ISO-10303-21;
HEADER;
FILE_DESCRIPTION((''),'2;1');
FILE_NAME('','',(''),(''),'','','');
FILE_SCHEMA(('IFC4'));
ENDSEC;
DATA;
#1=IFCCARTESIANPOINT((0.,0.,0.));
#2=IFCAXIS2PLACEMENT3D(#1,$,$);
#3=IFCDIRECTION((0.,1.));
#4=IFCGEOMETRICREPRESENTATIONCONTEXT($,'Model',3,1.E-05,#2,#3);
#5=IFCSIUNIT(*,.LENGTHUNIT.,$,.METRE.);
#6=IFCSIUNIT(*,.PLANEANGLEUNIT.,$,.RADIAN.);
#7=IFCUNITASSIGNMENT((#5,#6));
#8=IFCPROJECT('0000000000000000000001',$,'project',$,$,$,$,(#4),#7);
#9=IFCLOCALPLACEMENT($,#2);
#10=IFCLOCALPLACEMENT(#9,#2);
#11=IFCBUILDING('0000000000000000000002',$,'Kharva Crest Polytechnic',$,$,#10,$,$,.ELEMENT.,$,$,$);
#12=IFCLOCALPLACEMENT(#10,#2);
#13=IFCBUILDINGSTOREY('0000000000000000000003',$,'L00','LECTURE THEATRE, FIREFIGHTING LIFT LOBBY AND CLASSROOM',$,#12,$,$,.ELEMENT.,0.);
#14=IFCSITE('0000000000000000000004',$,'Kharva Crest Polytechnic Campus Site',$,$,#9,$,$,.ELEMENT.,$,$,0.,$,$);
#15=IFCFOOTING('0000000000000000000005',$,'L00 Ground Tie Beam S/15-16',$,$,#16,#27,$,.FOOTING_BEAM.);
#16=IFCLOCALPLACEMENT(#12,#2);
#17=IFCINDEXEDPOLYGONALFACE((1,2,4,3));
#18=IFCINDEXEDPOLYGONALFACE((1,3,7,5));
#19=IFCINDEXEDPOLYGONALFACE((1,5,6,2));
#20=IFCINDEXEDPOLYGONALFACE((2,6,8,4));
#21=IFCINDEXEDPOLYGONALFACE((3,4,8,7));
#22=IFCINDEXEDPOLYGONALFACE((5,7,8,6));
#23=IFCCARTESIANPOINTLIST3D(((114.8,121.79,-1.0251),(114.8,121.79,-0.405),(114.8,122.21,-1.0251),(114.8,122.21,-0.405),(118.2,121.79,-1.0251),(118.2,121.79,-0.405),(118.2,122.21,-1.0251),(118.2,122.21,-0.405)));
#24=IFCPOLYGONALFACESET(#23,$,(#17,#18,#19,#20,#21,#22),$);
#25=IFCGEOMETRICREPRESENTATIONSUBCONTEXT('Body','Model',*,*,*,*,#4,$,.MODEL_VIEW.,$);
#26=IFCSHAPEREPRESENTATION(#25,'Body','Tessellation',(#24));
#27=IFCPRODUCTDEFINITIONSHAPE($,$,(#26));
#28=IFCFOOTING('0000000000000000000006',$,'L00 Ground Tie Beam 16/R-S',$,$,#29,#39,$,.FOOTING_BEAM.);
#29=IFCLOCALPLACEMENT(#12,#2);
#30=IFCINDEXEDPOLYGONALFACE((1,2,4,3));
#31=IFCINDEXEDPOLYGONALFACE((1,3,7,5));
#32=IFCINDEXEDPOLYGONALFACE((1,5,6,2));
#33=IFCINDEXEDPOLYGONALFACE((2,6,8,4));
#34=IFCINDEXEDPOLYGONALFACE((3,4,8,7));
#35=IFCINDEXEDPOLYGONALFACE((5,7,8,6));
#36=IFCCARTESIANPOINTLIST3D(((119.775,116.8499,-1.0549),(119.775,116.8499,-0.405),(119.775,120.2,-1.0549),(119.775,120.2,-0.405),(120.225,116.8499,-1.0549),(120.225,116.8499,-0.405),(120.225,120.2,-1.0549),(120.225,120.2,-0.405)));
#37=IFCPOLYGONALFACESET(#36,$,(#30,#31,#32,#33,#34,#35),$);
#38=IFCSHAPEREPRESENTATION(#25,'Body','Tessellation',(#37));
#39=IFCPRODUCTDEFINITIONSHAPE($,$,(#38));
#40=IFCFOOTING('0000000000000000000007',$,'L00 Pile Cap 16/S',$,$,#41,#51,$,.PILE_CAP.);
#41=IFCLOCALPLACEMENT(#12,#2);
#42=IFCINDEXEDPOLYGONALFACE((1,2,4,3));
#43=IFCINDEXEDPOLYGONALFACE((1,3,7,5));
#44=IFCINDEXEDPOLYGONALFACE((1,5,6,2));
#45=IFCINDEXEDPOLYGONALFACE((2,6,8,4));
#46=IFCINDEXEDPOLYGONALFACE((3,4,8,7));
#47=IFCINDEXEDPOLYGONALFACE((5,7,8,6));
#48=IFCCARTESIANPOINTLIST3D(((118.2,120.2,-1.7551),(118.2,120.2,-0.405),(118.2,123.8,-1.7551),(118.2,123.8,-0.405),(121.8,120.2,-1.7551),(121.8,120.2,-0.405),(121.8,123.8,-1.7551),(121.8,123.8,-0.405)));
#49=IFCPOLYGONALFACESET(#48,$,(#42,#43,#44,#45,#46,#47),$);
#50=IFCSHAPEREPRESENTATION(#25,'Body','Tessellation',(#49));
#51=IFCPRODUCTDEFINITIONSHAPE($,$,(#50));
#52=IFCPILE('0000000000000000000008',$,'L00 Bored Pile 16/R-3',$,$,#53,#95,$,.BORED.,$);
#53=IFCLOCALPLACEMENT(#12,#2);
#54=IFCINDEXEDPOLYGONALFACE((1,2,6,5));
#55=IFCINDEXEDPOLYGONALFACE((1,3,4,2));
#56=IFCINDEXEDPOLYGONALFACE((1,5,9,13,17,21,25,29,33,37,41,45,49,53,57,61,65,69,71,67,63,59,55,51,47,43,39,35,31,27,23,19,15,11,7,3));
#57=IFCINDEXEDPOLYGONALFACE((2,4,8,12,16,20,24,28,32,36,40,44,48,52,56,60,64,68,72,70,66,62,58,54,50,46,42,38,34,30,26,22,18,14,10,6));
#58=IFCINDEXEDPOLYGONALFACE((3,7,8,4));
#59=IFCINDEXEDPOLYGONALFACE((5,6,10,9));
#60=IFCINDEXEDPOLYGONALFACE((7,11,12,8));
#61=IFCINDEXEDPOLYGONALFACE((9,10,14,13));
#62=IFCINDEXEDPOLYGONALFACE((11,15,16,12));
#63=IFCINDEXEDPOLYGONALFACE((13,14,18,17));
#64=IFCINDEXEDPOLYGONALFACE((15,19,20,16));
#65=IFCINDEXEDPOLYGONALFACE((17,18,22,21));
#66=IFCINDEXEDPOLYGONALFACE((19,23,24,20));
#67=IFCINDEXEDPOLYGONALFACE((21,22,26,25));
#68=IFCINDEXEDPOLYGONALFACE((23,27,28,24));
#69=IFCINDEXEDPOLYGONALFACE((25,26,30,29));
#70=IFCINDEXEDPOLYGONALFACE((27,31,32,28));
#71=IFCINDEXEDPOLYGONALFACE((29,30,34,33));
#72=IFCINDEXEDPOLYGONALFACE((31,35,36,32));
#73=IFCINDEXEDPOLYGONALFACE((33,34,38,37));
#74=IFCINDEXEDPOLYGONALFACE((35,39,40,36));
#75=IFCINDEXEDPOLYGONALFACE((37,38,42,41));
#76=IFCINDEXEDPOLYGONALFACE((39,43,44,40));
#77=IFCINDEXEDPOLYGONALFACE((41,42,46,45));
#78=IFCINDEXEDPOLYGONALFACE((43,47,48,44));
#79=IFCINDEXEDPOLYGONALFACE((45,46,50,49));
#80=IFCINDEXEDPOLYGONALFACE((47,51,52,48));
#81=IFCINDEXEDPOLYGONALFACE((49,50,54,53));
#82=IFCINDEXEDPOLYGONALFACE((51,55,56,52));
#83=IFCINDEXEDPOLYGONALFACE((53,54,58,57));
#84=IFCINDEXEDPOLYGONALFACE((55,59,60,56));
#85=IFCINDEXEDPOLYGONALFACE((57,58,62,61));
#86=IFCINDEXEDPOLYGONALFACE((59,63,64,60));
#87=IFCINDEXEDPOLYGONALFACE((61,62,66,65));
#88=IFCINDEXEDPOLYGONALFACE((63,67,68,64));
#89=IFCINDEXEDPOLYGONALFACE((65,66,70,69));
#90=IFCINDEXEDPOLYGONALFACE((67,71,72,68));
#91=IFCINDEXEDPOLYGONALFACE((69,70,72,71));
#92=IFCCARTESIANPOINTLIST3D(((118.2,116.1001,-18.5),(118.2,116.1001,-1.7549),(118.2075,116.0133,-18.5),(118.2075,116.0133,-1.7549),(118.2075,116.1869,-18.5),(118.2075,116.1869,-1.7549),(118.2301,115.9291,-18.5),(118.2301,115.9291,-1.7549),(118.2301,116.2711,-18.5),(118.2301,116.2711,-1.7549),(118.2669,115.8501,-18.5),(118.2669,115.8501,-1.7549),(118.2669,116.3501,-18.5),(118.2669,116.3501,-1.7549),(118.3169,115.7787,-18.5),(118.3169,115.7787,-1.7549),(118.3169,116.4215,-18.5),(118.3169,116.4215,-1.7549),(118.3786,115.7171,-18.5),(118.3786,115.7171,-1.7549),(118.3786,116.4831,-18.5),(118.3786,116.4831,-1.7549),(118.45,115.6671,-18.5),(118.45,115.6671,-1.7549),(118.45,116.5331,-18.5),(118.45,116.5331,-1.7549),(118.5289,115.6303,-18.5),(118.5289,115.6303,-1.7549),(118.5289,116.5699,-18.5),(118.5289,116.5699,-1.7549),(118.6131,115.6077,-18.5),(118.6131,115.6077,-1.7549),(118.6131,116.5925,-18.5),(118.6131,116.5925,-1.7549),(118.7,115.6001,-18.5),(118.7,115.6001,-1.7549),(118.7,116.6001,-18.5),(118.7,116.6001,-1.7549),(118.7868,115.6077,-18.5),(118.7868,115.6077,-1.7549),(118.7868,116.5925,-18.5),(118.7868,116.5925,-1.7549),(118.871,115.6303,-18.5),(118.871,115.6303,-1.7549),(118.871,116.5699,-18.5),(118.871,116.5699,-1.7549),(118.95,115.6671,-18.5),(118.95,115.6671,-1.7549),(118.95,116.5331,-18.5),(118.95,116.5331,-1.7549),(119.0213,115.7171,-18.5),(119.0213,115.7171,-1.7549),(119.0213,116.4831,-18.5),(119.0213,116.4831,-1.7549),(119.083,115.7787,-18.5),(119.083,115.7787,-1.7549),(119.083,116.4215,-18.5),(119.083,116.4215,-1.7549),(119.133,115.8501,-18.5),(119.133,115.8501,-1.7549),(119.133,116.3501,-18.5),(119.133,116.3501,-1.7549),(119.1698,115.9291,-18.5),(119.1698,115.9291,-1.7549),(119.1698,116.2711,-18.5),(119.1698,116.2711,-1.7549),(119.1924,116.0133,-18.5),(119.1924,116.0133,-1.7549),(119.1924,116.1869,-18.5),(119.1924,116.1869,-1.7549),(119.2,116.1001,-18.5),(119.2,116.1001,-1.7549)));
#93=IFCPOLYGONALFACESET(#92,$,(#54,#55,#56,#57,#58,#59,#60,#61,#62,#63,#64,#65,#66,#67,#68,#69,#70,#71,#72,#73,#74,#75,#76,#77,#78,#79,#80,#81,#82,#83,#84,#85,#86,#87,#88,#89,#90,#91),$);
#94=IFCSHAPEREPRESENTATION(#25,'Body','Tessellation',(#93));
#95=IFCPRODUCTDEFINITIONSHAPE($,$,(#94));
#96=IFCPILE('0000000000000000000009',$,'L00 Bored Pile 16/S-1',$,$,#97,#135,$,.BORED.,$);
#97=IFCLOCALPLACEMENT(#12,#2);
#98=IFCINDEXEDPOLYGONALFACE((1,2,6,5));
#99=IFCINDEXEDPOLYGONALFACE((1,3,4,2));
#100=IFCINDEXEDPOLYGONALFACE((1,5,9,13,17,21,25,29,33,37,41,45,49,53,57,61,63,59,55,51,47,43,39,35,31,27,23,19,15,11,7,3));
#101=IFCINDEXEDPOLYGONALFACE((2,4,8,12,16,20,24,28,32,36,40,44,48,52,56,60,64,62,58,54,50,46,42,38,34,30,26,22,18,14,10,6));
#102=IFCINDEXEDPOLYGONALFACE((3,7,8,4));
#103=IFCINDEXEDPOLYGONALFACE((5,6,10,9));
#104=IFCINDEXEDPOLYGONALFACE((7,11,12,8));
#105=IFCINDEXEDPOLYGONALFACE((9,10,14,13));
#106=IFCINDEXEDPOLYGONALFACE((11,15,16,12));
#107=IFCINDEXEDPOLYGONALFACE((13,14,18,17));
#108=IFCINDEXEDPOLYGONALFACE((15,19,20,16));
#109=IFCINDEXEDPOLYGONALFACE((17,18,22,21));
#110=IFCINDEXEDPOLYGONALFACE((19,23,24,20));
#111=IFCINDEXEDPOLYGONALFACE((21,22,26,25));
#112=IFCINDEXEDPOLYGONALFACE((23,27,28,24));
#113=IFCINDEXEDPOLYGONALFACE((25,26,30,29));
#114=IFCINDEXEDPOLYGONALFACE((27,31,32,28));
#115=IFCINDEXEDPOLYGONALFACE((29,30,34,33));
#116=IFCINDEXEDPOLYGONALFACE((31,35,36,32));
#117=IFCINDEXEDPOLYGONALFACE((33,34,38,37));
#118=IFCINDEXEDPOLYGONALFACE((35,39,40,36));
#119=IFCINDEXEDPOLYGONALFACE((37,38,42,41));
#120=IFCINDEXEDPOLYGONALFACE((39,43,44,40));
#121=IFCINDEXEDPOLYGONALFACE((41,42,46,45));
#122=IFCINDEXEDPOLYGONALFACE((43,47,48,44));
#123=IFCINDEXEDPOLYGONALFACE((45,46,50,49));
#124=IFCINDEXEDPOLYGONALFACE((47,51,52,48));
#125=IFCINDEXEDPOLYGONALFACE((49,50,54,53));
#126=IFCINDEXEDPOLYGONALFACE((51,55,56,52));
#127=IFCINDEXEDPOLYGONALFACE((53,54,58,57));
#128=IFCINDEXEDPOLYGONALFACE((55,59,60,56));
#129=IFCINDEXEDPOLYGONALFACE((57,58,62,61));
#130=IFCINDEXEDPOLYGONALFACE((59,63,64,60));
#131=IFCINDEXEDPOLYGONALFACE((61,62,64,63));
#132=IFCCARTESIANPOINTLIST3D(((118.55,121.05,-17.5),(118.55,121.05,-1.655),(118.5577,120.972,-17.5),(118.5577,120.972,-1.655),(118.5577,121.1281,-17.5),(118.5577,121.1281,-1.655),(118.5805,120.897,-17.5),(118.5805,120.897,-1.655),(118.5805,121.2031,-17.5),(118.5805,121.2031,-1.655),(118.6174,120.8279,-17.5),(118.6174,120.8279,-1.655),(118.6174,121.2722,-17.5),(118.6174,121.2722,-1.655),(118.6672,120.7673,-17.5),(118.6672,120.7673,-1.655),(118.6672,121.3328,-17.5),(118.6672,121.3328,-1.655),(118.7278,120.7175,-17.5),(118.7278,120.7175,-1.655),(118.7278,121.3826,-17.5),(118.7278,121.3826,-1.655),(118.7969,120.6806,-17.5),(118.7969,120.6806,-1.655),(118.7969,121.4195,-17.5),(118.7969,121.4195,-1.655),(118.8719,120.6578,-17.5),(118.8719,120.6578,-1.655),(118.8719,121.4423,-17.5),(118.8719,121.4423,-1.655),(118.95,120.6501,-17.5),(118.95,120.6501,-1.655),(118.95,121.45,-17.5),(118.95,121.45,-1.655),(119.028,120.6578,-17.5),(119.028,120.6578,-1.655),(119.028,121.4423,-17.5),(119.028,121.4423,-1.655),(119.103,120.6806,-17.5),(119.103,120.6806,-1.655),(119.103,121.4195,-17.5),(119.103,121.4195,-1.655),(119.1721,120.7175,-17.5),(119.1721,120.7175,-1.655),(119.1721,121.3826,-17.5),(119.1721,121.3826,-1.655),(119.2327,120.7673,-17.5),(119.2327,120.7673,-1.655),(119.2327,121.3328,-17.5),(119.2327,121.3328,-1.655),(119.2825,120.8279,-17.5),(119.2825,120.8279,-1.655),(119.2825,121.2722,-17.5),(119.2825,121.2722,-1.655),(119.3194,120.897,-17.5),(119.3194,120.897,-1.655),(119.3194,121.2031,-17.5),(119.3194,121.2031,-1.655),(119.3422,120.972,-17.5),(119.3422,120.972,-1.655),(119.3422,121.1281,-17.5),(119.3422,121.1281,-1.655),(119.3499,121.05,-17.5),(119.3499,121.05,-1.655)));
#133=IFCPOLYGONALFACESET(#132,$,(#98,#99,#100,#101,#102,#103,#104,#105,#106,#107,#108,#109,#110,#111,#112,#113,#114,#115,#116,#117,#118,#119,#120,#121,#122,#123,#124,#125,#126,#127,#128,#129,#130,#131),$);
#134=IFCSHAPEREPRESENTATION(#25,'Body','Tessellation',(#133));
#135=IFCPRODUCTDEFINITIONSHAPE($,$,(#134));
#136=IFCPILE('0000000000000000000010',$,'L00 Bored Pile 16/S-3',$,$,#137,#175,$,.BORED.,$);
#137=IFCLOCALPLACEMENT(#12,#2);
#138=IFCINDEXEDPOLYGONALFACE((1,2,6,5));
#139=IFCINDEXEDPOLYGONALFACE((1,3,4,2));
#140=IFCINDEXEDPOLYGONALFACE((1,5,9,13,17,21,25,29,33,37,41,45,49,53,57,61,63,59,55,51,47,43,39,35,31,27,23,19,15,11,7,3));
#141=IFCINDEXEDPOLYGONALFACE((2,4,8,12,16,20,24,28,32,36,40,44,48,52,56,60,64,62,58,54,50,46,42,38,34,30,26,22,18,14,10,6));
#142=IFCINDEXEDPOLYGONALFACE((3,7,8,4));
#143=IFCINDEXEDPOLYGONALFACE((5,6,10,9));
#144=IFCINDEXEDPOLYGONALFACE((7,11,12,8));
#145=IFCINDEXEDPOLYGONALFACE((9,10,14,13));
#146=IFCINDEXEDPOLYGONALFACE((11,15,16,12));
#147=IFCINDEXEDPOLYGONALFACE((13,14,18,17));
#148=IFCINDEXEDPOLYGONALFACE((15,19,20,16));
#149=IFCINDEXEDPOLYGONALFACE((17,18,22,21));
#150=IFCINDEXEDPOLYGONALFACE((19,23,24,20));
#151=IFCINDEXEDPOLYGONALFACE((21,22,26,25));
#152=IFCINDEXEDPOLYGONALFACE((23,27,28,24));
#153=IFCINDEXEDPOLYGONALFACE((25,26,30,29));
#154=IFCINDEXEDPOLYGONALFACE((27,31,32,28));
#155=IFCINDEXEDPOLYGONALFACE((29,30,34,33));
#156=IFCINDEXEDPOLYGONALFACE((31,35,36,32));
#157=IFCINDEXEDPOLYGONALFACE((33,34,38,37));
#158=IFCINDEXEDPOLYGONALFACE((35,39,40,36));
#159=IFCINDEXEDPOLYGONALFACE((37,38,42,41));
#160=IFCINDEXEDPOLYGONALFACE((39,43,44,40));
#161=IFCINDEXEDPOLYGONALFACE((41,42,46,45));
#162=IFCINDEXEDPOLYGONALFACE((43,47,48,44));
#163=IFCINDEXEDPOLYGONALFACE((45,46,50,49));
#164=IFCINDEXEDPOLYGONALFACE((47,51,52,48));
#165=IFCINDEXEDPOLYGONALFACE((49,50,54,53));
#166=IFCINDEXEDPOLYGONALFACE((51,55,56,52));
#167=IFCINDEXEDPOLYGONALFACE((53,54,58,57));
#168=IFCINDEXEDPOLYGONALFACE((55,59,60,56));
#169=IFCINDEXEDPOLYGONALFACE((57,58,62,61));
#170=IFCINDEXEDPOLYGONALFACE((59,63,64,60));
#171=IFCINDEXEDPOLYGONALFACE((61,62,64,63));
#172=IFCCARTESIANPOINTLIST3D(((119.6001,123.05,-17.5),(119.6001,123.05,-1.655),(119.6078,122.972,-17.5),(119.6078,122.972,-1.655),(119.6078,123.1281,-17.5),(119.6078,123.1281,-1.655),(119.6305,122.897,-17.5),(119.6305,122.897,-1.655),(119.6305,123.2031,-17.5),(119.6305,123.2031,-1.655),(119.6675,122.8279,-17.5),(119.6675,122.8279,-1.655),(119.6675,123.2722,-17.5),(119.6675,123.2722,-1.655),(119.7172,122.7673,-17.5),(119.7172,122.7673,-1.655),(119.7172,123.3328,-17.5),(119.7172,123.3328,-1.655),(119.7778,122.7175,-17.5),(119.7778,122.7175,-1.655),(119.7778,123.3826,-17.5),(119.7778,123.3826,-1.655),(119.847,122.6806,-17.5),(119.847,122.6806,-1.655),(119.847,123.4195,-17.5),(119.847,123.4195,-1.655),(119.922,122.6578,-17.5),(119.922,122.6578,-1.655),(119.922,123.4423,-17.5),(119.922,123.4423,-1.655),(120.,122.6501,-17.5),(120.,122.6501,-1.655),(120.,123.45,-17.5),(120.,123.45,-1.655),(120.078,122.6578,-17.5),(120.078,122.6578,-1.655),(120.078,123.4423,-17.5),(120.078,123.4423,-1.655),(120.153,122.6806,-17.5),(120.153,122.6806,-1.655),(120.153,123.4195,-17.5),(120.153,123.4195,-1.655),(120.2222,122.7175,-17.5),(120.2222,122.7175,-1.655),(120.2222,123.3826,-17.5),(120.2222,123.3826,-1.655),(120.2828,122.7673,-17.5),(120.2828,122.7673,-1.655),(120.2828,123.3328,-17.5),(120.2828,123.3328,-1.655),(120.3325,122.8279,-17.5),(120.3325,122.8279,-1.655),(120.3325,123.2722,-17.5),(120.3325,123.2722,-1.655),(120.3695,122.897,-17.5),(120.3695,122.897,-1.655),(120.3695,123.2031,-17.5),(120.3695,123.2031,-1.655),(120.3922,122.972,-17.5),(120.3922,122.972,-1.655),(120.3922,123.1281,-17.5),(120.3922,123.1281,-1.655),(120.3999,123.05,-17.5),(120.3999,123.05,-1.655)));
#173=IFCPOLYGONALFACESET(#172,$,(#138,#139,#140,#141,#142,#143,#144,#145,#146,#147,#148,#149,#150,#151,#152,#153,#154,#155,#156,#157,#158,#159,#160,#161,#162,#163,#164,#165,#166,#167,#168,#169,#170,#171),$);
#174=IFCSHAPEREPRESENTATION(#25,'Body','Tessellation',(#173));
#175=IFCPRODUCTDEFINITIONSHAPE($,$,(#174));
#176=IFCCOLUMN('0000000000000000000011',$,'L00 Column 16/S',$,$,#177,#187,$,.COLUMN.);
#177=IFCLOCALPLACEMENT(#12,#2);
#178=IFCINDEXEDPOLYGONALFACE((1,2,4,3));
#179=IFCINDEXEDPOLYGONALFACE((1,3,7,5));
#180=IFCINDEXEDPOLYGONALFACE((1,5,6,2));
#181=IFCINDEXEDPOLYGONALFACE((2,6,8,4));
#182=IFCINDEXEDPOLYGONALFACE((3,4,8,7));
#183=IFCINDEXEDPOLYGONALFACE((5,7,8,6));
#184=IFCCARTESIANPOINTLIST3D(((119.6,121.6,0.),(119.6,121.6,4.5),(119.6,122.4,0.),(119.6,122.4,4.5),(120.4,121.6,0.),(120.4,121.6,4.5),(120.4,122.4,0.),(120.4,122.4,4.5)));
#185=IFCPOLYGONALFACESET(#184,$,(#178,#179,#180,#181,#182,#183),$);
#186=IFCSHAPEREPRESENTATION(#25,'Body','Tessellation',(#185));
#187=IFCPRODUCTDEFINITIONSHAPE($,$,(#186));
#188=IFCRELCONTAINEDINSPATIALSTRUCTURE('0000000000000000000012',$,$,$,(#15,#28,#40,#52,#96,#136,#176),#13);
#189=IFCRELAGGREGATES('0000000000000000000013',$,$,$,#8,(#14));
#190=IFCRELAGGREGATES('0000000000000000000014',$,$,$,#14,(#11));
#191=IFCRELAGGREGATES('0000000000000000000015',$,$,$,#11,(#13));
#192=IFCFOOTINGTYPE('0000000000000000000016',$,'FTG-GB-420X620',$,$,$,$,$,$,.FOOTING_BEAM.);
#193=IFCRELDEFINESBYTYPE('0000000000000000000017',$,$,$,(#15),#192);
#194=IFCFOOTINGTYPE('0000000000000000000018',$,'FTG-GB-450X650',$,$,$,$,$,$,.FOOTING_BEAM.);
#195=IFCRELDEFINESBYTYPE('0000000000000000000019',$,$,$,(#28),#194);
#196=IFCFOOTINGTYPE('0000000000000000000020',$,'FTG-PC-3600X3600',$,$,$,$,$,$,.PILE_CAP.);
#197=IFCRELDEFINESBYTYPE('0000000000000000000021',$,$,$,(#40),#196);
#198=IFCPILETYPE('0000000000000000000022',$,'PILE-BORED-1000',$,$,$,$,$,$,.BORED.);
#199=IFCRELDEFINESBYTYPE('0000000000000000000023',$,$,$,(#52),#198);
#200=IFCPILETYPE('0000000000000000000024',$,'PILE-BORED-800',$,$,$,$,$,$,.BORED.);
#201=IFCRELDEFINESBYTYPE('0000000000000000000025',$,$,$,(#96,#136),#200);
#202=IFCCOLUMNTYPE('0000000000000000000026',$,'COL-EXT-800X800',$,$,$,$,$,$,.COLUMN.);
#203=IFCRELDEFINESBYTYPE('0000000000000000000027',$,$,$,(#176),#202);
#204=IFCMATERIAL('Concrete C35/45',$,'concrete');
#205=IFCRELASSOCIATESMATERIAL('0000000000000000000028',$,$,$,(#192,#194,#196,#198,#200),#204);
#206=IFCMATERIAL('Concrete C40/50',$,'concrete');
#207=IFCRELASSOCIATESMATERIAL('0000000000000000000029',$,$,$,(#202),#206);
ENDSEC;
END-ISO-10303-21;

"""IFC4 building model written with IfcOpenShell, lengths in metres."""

from ifc_helpers import new_model, si_unit, direction, frame, origin, origin_2d, place, context, subcontext, project, spatial, rectangle, circle, extrude, material, material_profile, profile_set, type_object, element, save


model = new_model("IFC4")

# Units and contexts
model_context = context("Model", 3, precision=1e-05, world=origin(), true_north=direction((0.0, 1.0)))
body_context = subcontext(model_context, "Body", "Model", "MODEL_VIEW")
ifc_project = project(units=[si_unit("LENGTHUNIT", "METRE"), si_unit("PLANEANGLEUNIT", "RADIAN")], contexts=[model_context])

# Site, building, storey
site_placement = place(None, origin())
site = spatial("IfcSite", under=ifc_project, at=site_placement, Name="Kharva Crest Polytechnic Campus Site", CompositionType="ELEMENT", RefElevation=0.0)
building_placement = place(site_placement, origin())
building = spatial("IfcBuilding", under=site, at=building_placement, Name="Kharva Crest Polytechnic", CompositionType="ELEMENT")
storey_placement = place(building_placement, origin())
storey = spatial("IfcBuildingStorey", under=building, at=storey_placement, Name="L00", Description="LECTURE THEATRE, FIREFIGHTING LIFT LOBBY AND CLASSROOM", CompositionType="ELEMENT", Elevation=0.0)

# Footings
ifc_material_1 = material(Name="Concrete C35/45", Category="concrete")
footing_type_1 = type_object("IfcFootingType", Name="FTG-GB-420X620", PredefinedType="FOOTING_BEAM", material=ifc_material_1)
footing_1_placement = place(storey_placement, frame((116.5, 122.0, -1.0251), z_axis=(0.0, 0.0, 1.0), x_axis=(1.0, 0.0, 0.0)))
element("IfcFooting", 1, at=footing_1_placement, inside=storey, type_object=footing_type_1, Name="L00 Ground Tie Beam S/15-16", PredefinedType="FOOTING_BEAM", context=body_context, shape_type="SweptSolid", body=[
    extrude(rectangle(XDim=3.3999, YDim=0.4199, at=origin_2d()), origin(), (0.0, 0.0, 1.0), 0.6201),
])
footing_type_2 = type_object("IfcFootingType", Name="FTG-GB-450X650", PredefinedType="FOOTING_BEAM", material=ifc_material_1)
footing_2_placement = place(storey_placement, frame((120.0, 118.5249, -1.0549), z_axis=(0.0, 0.0, 1.0), x_axis=(0.0, 1.0, 0.0)))
element("IfcFooting", 2, at=footing_2_placement, inside=storey, type_object=footing_type_2, Name="L00 Ground Tie Beam 16/R-S", PredefinedType="FOOTING_BEAM", context=body_context, shape_type="SweptSolid", body=[
    extrude(rectangle(XDim=3.3501, YDim=0.45, at=origin_2d()), origin(), (0.0, 0.0, 1.0), 0.6499),
])
footing_type_3 = type_object("IfcFootingType", Name="FTG-PC-3600X3600", PredefinedType="PILE_CAP", material=ifc_material_1)
footing_3_placement = place(storey_placement, frame((120.0, 122.0, -1.7551), z_axis=(0.0, 0.0, 1.0), x_axis=(1.0, 0.0, 0.0)))
element("IfcFooting", 3, at=footing_3_placement, inside=storey, type_object=footing_type_3, Name="L00 Pile Cap 16/S", PredefinedType="PILE_CAP", context=body_context, shape_type="SweptSolid", body=[
    extrude(rectangle(XDim=3.6001, YDim=3.6001, at=origin_2d()), origin(), (0.0, 0.0, 1.0), 1.3501),
])

# Piles
ifc_material_profile_1 = material_profile(ifc_material_1, circle(Radius=0.5, at=origin_2d()), Name="DIA 1000")
ifc_profile_set_1 = profile_set([ifc_material_profile_1], Name="Concrete C35/45")
pile_type_1 = type_object("IfcPileType", Name="PILE-BORED-1000", PredefinedType="BORED", material=ifc_profile_set_1)
pile_placement = place(storey_placement, frame((118.7, 116.1001, -1.7549), z_axis=(0.0, 0.0, -1.0), x_axis=(1.0, 0.0, 0.0)))
element("IfcPile", 4, at=pile_placement, inside=storey, type_object=pile_type_1, Name="L00 Bored Pile 16/R-3", PredefinedType="BORED", context=body_context, shape_type="SweptSolid", body=[
    extrude(circle(Radius=0.5, at=origin_2d()), origin(), (0.0, 0.0, 1.0), 16.7451),
])
ifc_material_profile_2 = material_profile(ifc_material_1, circle(Radius=0.3999, at=origin_2d()), Name="DIA 800")
ifc_profile_set_2 = profile_set([ifc_material_profile_2], Name="Concrete C35/45")
pile_type_2 = type_object("IfcPileType", Name="PILE-BORED-800", PredefinedType="BORED", material=ifc_profile_set_2)
for number, where, z_axis, x_axis, name in (
    (5, (118.95, 121.05, -1.655), (0.0, 0.0, -1.0), (1.0, 0.0, 0.0), "L00 Bored Pile 16/S-1"),
    (6, (120.0, 123.05, -1.655), (0.0, 0.0, -1.0), (1.0, 0.0, 0.0), "L00 Bored Pile 16/S-3"),
):
    element("IfcPile", number, at=place(storey_placement, frame(where, z_axis=z_axis, x_axis=x_axis)), inside=storey, type_object=pile_type_2, Name=name, PredefinedType="BORED", context=body_context, shape_type="SweptSolid", body=[
        extrude(circle(Radius=0.3999, at=origin_2d()), origin(), (0.0, 0.0, 1.0), 15.845),
    ])

# Column
ifc_material_2 = material(Name="Concrete C40/50", Category="concrete")
ifc_material_profile_3 = material_profile(ifc_material_2, rectangle(XDim=0.8, YDim=0.8, at=origin_2d()), Name="RECT 800 X 800")
ifc_profile_set_3 = profile_set([ifc_material_profile_3], Name="Concrete C40/50")
column_type = type_object("IfcColumnType", Name="COL-EXT-800X800", PredefinedType="COLUMN", material=ifc_profile_set_3)
column_placement = place(storey_placement, frame((120.0, 122.0, 0.0), z_axis=(0.0, 0.0, 1.0), x_axis=(1.0, 0.0, 0.0)))
element("IfcColumn", 7, at=column_placement, inside=storey, type_object=column_type, Name="L00 Column 16/S", PredefinedType="COLUMN", context=body_context, shape_type="SweptSolid", body=[
    extrude(rectangle(XDim=0.8, YDim=0.8, at=origin_2d()), origin(), (0.0, 0.0, 1.0), 4.5),
])

save(model, "model.ifc")
